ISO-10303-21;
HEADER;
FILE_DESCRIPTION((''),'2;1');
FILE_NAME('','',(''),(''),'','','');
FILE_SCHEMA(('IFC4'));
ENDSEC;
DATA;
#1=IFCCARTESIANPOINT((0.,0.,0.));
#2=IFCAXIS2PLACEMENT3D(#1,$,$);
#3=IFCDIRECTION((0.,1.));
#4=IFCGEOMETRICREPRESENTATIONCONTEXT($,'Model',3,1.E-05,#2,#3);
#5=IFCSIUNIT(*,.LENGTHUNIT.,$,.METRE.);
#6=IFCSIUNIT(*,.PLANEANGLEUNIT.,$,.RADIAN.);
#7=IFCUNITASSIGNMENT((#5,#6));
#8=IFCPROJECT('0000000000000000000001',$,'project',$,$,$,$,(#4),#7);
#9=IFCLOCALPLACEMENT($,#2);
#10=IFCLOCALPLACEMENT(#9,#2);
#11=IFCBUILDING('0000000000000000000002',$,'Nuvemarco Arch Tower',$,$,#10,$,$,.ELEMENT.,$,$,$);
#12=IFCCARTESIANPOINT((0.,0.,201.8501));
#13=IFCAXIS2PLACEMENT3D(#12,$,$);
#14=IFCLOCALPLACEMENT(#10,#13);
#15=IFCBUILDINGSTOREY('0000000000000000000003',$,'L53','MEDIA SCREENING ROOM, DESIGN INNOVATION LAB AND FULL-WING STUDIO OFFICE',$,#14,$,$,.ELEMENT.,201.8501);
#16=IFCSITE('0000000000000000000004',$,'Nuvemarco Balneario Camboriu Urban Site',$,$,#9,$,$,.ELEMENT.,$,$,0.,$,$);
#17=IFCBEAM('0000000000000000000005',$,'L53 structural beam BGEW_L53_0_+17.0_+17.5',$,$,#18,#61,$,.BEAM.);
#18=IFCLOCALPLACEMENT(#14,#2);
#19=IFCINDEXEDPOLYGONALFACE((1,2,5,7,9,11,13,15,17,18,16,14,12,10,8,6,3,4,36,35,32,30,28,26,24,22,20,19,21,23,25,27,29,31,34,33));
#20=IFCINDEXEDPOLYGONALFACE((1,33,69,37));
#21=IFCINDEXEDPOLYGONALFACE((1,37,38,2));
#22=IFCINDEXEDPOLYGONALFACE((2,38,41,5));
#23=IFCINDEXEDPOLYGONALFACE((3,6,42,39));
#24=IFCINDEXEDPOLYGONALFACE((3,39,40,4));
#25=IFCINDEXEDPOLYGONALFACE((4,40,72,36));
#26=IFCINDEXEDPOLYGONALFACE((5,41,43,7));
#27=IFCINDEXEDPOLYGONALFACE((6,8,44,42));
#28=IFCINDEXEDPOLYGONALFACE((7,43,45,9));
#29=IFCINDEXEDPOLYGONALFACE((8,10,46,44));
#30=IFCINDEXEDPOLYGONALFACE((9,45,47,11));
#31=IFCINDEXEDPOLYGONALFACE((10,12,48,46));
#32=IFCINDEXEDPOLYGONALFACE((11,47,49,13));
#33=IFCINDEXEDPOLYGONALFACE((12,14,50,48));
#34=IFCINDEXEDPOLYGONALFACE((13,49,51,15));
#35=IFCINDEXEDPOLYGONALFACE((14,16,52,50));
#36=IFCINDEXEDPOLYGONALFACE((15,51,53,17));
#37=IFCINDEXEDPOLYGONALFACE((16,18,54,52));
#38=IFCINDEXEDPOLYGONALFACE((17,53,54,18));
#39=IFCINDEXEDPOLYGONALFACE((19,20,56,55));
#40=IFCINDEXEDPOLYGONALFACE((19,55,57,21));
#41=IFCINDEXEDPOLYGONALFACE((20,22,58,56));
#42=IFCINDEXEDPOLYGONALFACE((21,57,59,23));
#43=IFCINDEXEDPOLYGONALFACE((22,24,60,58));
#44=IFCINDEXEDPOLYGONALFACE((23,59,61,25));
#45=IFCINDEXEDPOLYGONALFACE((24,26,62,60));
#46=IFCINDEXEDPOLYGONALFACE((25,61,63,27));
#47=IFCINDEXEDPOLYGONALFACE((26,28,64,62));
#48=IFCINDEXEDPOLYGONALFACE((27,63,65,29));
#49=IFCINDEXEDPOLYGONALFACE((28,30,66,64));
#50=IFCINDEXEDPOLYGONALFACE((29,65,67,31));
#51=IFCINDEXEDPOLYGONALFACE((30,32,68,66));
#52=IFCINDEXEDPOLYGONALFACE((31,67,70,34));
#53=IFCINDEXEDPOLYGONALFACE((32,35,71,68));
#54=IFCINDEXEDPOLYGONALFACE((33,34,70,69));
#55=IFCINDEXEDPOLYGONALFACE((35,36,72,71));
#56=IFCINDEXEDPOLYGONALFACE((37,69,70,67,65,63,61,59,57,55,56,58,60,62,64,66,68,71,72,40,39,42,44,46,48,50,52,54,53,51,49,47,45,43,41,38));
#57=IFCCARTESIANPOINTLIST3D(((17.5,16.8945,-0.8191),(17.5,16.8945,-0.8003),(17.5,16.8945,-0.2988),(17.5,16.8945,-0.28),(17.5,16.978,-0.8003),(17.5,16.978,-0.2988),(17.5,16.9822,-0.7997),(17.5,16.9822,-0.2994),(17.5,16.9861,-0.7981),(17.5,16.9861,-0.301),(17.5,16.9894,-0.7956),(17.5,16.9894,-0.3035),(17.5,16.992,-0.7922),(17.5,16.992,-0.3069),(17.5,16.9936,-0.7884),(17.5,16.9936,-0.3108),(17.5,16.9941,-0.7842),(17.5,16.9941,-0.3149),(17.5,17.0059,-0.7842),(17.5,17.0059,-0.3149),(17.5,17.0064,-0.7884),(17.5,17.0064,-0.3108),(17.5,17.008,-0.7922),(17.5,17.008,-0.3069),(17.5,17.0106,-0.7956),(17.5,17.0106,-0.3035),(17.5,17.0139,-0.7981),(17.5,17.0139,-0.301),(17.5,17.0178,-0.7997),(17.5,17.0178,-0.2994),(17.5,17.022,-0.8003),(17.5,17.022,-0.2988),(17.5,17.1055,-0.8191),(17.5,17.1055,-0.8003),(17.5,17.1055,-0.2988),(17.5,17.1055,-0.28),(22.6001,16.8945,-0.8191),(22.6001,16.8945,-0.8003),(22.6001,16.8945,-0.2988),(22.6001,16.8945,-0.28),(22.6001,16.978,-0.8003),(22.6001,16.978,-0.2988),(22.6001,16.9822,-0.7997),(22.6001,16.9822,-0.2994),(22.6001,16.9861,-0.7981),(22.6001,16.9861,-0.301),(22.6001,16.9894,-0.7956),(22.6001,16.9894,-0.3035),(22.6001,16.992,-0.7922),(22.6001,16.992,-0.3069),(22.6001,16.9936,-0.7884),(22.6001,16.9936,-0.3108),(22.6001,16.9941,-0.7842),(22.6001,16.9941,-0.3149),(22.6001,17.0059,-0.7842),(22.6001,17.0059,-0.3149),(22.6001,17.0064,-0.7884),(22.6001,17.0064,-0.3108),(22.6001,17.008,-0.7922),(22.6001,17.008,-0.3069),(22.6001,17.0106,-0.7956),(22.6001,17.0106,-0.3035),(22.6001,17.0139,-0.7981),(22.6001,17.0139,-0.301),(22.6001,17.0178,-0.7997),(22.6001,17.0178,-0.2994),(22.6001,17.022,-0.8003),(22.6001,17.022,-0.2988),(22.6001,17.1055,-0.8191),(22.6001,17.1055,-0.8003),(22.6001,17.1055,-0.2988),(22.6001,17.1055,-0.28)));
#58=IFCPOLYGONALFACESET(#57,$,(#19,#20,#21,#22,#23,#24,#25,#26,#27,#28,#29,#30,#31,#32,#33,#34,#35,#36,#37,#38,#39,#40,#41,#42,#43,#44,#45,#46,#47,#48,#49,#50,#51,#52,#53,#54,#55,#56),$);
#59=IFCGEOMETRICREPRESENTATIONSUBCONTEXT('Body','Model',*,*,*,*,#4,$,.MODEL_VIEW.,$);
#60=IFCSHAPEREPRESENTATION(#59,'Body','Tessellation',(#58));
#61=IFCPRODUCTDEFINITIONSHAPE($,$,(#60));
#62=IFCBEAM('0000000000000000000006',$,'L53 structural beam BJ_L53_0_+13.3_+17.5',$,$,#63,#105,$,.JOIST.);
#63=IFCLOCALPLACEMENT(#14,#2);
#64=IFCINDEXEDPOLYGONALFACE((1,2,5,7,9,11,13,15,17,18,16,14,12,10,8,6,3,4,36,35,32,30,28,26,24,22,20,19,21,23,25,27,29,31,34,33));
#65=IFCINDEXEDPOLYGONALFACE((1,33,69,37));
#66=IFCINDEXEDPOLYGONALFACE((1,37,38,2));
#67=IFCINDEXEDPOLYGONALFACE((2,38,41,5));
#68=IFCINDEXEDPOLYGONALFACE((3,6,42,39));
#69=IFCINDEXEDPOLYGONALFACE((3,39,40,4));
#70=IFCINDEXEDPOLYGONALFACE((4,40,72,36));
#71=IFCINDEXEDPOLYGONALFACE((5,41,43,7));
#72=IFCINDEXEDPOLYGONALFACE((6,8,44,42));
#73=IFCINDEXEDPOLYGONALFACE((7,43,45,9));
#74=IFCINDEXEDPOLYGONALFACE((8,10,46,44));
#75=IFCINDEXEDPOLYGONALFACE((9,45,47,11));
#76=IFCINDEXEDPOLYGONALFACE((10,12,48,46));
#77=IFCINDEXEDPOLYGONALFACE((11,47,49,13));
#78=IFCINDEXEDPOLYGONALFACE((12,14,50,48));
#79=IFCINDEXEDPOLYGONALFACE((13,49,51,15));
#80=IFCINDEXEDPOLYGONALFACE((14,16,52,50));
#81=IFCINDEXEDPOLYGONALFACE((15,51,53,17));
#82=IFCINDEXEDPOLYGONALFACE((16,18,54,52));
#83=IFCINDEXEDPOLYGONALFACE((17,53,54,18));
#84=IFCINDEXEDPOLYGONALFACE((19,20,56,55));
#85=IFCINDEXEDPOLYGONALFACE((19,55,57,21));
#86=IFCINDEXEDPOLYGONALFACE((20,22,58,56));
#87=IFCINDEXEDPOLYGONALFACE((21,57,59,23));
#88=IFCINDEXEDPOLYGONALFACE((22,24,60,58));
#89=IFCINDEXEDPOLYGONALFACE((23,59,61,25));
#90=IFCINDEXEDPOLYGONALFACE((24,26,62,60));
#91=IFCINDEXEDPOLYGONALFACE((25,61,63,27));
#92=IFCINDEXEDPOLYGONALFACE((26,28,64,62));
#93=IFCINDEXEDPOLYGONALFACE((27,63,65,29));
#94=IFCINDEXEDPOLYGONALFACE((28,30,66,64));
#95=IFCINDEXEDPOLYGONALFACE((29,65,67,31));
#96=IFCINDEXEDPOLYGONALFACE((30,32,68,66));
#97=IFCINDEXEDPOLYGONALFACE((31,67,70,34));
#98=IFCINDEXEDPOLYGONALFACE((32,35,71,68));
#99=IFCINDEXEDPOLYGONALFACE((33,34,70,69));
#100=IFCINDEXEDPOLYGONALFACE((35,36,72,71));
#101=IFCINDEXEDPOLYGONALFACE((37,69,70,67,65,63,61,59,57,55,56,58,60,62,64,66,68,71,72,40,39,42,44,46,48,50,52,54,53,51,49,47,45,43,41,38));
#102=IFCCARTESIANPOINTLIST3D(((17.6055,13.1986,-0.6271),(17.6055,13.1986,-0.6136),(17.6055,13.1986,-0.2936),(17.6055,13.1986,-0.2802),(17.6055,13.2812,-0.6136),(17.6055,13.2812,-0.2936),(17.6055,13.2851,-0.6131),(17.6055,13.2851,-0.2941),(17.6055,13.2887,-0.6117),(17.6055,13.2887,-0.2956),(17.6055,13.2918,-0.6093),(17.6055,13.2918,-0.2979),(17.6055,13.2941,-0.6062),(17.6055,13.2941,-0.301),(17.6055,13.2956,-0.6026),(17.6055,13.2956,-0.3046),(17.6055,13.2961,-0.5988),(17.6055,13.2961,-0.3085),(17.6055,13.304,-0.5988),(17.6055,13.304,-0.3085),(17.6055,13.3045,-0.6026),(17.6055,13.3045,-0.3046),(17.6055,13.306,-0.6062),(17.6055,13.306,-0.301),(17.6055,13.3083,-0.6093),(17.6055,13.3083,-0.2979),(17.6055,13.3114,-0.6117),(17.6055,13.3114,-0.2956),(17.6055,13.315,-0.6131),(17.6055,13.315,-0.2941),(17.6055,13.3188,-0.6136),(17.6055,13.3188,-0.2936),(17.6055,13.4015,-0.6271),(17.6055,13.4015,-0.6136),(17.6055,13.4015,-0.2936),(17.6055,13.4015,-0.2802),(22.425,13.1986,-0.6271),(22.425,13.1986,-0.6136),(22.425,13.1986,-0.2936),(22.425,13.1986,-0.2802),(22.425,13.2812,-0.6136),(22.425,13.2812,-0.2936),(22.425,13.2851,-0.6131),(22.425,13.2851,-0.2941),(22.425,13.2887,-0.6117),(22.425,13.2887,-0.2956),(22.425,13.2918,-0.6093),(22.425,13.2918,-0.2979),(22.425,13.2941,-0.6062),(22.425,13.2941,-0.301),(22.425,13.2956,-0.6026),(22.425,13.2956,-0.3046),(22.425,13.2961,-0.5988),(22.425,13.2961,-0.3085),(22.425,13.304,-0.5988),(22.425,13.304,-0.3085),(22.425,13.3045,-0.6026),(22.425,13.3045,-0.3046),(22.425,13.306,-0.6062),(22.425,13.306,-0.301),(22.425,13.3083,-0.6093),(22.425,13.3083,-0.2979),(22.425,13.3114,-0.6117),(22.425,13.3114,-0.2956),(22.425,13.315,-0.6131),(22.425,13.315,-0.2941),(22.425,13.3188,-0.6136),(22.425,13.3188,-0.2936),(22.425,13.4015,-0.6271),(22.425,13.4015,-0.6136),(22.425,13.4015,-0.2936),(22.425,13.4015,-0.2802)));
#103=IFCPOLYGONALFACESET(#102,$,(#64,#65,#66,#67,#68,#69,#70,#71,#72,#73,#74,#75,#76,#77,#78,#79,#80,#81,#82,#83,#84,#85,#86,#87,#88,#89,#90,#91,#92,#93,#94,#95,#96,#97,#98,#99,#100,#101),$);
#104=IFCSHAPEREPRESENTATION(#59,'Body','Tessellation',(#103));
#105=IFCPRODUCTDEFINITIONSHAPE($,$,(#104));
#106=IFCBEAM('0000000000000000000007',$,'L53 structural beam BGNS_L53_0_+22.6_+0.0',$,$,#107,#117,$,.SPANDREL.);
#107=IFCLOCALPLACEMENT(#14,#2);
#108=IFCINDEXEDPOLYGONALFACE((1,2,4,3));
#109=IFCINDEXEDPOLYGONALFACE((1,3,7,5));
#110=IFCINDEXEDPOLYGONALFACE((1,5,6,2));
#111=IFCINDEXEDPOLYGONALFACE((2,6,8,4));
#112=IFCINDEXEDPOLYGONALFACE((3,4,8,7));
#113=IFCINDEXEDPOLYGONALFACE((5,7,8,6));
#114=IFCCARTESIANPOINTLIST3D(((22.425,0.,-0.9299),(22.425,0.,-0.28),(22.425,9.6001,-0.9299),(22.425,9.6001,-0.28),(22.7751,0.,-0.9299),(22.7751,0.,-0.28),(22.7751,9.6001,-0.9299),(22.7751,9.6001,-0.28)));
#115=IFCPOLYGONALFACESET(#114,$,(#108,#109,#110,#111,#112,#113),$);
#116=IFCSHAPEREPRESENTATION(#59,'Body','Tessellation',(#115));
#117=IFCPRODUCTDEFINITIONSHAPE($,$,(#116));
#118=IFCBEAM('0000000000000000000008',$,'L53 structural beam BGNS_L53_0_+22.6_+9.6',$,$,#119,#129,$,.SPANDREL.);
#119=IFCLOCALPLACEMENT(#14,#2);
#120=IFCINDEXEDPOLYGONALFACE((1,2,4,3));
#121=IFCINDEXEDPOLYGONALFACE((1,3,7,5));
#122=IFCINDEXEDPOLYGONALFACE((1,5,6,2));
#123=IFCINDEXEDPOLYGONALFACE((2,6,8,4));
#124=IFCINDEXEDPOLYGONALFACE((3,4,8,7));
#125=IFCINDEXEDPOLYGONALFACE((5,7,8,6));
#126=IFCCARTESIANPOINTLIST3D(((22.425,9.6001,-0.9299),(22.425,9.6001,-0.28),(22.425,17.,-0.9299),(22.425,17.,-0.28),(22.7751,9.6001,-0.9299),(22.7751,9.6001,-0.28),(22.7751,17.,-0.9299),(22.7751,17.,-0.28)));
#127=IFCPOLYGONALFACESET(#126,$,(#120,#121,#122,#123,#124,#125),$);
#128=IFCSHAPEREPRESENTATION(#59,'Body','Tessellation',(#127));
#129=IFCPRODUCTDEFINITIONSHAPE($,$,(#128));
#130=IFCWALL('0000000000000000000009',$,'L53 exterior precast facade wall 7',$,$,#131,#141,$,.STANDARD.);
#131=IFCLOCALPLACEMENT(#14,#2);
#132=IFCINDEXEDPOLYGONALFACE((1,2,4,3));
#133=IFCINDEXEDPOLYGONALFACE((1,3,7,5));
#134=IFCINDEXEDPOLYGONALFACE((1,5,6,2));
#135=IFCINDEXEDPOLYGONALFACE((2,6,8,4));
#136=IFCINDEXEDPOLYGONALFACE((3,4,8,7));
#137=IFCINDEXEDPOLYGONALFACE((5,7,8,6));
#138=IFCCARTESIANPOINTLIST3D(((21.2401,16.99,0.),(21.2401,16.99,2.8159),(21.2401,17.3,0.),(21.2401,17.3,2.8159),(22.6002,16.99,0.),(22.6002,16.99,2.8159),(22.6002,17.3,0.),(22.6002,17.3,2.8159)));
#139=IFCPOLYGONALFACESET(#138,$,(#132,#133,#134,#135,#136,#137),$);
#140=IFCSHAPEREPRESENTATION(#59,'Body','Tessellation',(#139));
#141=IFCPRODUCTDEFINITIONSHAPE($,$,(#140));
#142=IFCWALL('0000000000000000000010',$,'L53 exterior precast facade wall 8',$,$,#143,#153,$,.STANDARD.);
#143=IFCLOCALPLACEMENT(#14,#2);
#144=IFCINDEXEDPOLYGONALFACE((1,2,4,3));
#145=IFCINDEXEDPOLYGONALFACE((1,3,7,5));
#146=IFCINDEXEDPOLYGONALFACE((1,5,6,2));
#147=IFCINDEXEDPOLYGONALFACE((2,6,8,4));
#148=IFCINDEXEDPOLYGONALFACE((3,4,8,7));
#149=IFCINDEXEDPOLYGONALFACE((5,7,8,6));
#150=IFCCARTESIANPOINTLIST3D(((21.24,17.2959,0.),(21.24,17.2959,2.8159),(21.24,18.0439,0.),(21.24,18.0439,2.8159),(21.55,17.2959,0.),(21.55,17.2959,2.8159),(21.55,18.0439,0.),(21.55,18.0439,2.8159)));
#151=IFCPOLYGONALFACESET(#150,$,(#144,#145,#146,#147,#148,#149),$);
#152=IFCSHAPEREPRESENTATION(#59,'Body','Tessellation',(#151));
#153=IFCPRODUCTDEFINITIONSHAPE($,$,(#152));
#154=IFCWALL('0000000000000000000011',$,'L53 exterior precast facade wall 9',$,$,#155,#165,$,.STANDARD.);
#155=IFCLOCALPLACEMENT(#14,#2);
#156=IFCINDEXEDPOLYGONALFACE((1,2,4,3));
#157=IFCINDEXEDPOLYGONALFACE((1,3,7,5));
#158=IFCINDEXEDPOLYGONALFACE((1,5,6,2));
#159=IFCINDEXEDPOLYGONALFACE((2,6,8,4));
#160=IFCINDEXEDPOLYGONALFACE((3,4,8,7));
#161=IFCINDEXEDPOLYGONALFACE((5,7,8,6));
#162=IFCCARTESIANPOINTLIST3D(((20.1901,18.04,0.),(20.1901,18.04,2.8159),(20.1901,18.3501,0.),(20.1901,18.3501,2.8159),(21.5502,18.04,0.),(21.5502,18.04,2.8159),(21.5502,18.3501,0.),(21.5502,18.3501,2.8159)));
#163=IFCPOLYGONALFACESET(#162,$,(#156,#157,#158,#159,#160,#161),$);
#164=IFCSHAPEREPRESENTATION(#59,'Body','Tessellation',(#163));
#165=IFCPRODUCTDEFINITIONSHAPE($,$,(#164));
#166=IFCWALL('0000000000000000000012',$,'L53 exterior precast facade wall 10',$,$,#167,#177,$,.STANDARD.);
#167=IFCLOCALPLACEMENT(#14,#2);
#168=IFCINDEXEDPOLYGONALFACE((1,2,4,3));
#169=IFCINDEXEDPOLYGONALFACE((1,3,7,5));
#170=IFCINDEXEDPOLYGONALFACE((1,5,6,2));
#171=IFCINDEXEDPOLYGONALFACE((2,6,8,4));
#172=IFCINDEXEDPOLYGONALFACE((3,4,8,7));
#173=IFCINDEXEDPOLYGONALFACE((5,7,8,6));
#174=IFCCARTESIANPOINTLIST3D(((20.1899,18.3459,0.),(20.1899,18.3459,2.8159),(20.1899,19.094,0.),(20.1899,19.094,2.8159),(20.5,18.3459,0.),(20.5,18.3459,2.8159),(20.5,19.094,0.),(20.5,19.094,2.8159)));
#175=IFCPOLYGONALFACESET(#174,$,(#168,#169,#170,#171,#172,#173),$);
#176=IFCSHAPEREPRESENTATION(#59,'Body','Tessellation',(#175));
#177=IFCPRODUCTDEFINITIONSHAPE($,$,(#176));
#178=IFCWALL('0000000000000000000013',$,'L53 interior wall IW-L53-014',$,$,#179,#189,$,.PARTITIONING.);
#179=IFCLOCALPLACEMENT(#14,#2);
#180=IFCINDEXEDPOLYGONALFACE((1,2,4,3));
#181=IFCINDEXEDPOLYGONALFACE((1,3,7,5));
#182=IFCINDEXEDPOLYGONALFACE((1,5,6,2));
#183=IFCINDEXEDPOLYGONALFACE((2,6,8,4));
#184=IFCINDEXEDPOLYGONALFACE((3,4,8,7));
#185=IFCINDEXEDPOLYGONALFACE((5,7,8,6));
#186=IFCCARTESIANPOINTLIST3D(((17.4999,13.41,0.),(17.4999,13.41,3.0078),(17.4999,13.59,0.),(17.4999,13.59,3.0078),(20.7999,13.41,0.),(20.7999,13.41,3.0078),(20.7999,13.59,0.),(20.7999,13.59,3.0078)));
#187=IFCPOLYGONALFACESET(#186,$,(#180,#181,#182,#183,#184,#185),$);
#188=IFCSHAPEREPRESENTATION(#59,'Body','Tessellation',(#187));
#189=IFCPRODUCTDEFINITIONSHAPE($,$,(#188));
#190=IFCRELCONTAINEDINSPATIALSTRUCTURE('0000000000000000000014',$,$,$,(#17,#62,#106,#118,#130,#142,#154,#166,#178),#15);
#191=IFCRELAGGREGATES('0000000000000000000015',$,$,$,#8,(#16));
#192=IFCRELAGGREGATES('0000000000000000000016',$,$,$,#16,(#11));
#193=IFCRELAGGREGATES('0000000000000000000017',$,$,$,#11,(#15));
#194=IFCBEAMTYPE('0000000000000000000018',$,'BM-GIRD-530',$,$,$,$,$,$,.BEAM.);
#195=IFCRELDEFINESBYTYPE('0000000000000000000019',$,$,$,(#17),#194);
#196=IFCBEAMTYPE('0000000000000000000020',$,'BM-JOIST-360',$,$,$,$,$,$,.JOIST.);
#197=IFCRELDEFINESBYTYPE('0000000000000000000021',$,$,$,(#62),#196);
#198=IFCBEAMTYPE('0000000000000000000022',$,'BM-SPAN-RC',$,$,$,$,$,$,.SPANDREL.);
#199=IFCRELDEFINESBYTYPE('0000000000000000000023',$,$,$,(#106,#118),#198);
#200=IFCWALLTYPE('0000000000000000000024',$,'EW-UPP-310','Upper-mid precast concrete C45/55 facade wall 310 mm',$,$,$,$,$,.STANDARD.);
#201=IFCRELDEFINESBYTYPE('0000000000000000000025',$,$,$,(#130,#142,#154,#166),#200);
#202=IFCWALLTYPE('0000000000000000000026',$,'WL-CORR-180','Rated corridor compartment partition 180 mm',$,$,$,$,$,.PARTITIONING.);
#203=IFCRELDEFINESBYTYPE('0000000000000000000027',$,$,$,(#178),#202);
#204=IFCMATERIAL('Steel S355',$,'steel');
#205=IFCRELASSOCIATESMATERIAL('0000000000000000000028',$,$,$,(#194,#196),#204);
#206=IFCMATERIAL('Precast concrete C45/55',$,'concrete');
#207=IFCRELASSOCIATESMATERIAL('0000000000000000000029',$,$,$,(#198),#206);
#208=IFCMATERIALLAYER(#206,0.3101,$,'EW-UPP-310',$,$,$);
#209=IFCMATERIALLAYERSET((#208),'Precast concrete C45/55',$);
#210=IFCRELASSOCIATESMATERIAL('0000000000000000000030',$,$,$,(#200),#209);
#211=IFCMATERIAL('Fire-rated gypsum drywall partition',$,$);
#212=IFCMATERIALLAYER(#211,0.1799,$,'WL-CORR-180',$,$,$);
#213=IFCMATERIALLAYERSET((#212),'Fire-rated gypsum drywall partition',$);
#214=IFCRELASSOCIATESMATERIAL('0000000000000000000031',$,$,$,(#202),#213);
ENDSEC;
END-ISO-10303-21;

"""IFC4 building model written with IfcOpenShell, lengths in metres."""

from ifc_helpers import new_model, si_unit, direction, frame, frame_2d, origin, origin_2d, place, context, subcontext, project, spatial, rectangle, i_section, extrude, material, layer, layer_set, material_profile, profile_set, type_object, element, save


model = new_model("IFC4")

# Units and contexts
model_context = context("Model", 3, precision=1e-05, world=origin(), true_north=direction((0.0, 1.0)))
body_context = subcontext(model_context, "Body", "Model", "MODEL_VIEW")
ifc_project = project(units=[si_unit("LENGTHUNIT", "METRE"), si_unit("PLANEANGLEUNIT", "RADIAN")], contexts=[model_context])

# Site, building, storey
site_placement = place(None, origin())
site = spatial("IfcSite", under=ifc_project, at=site_placement, Name="Nuvemarco Balneario Camboriu Urban Site", CompositionType="ELEMENT", RefElevation=0.0)
building_placement = place(site_placement, origin())
building = spatial("IfcBuilding", under=site, at=building_placement, Name="Nuvemarco Arch Tower", CompositionType="ELEMENT")
storey_placement = place(building_placement, frame((0.0, 0.0, 201.8501)))
storey = spatial("IfcBuildingStorey", under=building, at=storey_placement, Name="L53", Description="MEDIA SCREENING ROOM, DESIGN INNOVATION LAB AND FULL-WING STUDIO OFFICE", CompositionType="ELEMENT", Elevation=201.8501)

# Shared definitions
ifc_material_1 = material(Name="Steel S355", Category="steel")

# Beams
ifc_material_profile_1 = material_profile(ifc_material_1, i_section(OverallWidth=0.2109, OverallDepth=0.5391, WebThickness=0.0117, FlangeThickness=0.0188, FilletRadius=0.0161, at=origin_2d()), Name="W530x109")
ifc_profile_set_1 = profile_set([ifc_material_profile_1], Name="Steel S355")
beam_type_1 = type_object("IfcBeamType", Name="BM-GIRD-530", PredefinedType="BEAM", material=ifc_profile_set_1)
for number, where, z_axis, x_axis, name in (
    (1, (17.5, 17.0, -0.5496), (1.0, 0.0, 0.0), (0.0, 1.0, 0.0), "L53 structural beam BGEW_L53_0_+17.0_+17.5"),
):
    element("IfcBeam", number, at=place(storey_placement, frame(where, z_axis=z_axis, x_axis=x_axis)), inside=storey, type_object=beam_type_1, Name=name, PredefinedType="BEAM", context=body_context, shape_type="SweptSolid", body=[
        extrude(i_section(OverallWidth=0.2109, OverallDepth=0.5391, WebThickness=0.0117, FlangeThickness=0.0188, FilletRadius=0.0161, at=origin_2d()), origin(), (0.0, 0.0, 1.0), 5.1001),
    ])
ifc_material_profile_2 = material_profile(ifc_material_1, i_section(OverallWidth=0.2029, OverallDepth=0.3469, WebThickness=0.0078, FlangeThickness=0.0134, FilletRadius=0.0149, at=origin_2d()), Name="W360x64")
ifc_profile_set_2 = profile_set([ifc_material_profile_2], Name="Steel S355")
beam_type_2 = type_object("IfcBeamType", Name="BM-JOIST-360", PredefinedType="JOIST", material=ifc_profile_set_2)
beam_1_placement = place(storey_placement, frame((17.6055, 13.3, -0.4536), z_axis=(1.0, 0.0, 0.0), x_axis=(0.0, 1.0, 0.0)))
element("IfcBeam", 2, at=beam_1_placement, inside=storey, type_object=beam_type_2, Name="L53 structural beam BJ_L53_0_+13.3_+17.5", PredefinedType="JOIST", context=body_context, shape_type="SweptSolid", body=[
    extrude(i_section(OverallWidth=0.2029, OverallDepth=0.3469, WebThickness=0.0078, FlangeThickness=0.0134, FilletRadius=0.0149, at=origin_2d()), origin(), (0.0, 0.0, 1.0), 4.8196),
])
ifc_material_2 = material(Name="Precast concrete C45/55", Category="concrete")
ifc_material_profile_3 = material_profile(ifc_material_2, rectangle(XDim=0.3501, YDim=0.6499, at=origin_2d()), Name="PC-SP-350x650")
ifc_profile_set_3 = profile_set([ifc_material_profile_3], Name="Precast concrete C45/55")
beam_type_3 = type_object("IfcBeamType", Name="BM-SPAN-RC", PredefinedType="SPANDREL", material=ifc_profile_set_3)
beam_2_placement = place(storey_placement, frame((22.6001, 0.0, -0.605), z_axis=(0.0, 1.0, 0.0), x_axis=(-1.0, 0.0, 0.0)))
element("IfcBeam", 3, at=beam_2_placement, inside=storey, type_object=beam_type_3, Name="L53 structural beam BGNS_L53_0_+22.6_+0.0", PredefinedType="SPANDREL", context=body_context, shape_type="SweptSolid", body=[
    extrude(rectangle(XDim=0.3501, YDim=0.6499, at=origin_2d()), origin(), (0.0, 0.0, 1.0), 9.6001),
])
beam_3_placement = place(storey_placement, frame((22.6001, 9.6001, -0.605), z_axis=(0.0, 1.0, 0.0), x_axis=(-1.0, 0.0, 0.0)))
element("IfcBeam", 4, at=beam_3_placement, inside=storey, type_object=beam_type_3, Name="L53 structural beam BGNS_L53_0_+22.6_+9.6", PredefinedType="SPANDREL", context=body_context, shape_type="SweptSolid", body=[
    extrude(rectangle(XDim=0.3501, YDim=0.6499, at=origin_2d()), origin(), (0.0, 0.0, 1.0), 7.3999),
])

# Walls
ifc_layer_1 = layer(ifc_material_2, 0.3101, Name="EW-UPP-310")
ifc_layer_set_1 = layer_set([ifc_layer_1], Name="Precast concrete C45/55")
wall_type_1 = type_object("IfcWallType", Name="EW-UPP-310", Description="Upper-mid precast concrete C45/55 facade wall 310 mm", PredefinedType="STANDARD", material=ifc_layer_set_1)
wall_1_placement = place(storey_placement, frame((21.24, 17.145, 0.0), z_axis=(0.0, 0.0, 1.0), x_axis=(1.0, 0.0, 0.0)))
element("IfcWall", 5, at=wall_1_placement, inside=storey, type_object=wall_type_1, Name="L53 exterior precast facade wall 7", PredefinedType="STANDARD", context=body_context, shape_type="SweptSolid", body=[
    extrude(rectangle(XDim=1.3601, YDim=0.3101, at=frame_2d((0.6802, 0.0))), origin(), (0.0, 0.0, 1.0), 2.8159),
])
wall_2_placement = place(storey_placement, frame((21.395, 17.2959, 0.0), z_axis=(0.0, 0.0, 1.0), x_axis=(0.0, 1.0, 0.0)))
element("IfcWall", 6, at=wall_2_placement, inside=storey, type_object=wall_type_1, Name="L53 exterior precast facade wall 8", PredefinedType="STANDARD", context=body_context, shape_type="SweptSolid", body=[
    extrude(rectangle(XDim=0.748, YDim=0.3101, at=frame_2d((0.374, 0.0))), origin(), (0.0, 0.0, 1.0), 2.8159),
])
wall_3_placement = place(storey_placement, frame((20.1899, 18.1951, 0.0), z_axis=(0.0, 0.0, 1.0), x_axis=(1.0, 0.0, 0.0)))
element("IfcWall", 7, at=wall_3_placement, inside=storey, type_object=wall_type_1, Name="L53 exterior precast facade wall 9", PredefinedType="STANDARD", context=body_context, shape_type="SweptSolid", body=[
    extrude(rectangle(XDim=1.3601, YDim=0.3101, at=frame_2d((0.6802, 0.0))), origin(), (0.0, 0.0, 1.0), 2.8159),
])
wall_4_placement = place(storey_placement, frame((20.345, 18.3459, 0.0), z_axis=(0.0, 0.0, 1.0), x_axis=(0.0, 1.0, 0.0)))
element("IfcWall", 8, at=wall_4_placement, inside=storey, type_object=wall_type_1, Name="L53 exterior precast facade wall 10", PredefinedType="STANDARD", context=body_context, shape_type="SweptSolid", body=[
    extrude(rectangle(XDim=0.748, YDim=0.3101, at=frame_2d((0.374, 0.0))), origin(), (0.0, 0.0, 1.0), 2.8159),
])
ifc_material_3 = material(Name="Fire-rated gypsum drywall partition")
ifc_layer_2 = layer(ifc_material_3, 0.1799, Name="WL-CORR-180")
ifc_layer_set_2 = layer_set([ifc_layer_2], Name="Fire-rated gypsum drywall partition")
wall_type_2 = type_object("IfcWallType", Name="WL-CORR-180", Description="Rated corridor compartment partition 180 mm", PredefinedType="PARTITIONING", material=ifc_layer_set_2)
wall_5_placement = place(storey_placement, frame((17.5, 13.5, 0.0), z_axis=(0.0, 0.0, 1.0), x_axis=(1.0, 0.0, 0.0)))
element("IfcWall", 9, at=wall_5_placement, inside=storey, type_object=wall_type_2, Name="L53 interior wall IW-L53-014", PredefinedType="PARTITIONING", context=body_context, shape_type="SweptSolid", body=[
    extrude(rectangle(XDim=3.3, YDim=0.1799, at=frame_2d((1.6499, 0.0))), origin(), (0.0, 0.0, 1.0), 3.0078),
])

save(model, "model.ifc")
